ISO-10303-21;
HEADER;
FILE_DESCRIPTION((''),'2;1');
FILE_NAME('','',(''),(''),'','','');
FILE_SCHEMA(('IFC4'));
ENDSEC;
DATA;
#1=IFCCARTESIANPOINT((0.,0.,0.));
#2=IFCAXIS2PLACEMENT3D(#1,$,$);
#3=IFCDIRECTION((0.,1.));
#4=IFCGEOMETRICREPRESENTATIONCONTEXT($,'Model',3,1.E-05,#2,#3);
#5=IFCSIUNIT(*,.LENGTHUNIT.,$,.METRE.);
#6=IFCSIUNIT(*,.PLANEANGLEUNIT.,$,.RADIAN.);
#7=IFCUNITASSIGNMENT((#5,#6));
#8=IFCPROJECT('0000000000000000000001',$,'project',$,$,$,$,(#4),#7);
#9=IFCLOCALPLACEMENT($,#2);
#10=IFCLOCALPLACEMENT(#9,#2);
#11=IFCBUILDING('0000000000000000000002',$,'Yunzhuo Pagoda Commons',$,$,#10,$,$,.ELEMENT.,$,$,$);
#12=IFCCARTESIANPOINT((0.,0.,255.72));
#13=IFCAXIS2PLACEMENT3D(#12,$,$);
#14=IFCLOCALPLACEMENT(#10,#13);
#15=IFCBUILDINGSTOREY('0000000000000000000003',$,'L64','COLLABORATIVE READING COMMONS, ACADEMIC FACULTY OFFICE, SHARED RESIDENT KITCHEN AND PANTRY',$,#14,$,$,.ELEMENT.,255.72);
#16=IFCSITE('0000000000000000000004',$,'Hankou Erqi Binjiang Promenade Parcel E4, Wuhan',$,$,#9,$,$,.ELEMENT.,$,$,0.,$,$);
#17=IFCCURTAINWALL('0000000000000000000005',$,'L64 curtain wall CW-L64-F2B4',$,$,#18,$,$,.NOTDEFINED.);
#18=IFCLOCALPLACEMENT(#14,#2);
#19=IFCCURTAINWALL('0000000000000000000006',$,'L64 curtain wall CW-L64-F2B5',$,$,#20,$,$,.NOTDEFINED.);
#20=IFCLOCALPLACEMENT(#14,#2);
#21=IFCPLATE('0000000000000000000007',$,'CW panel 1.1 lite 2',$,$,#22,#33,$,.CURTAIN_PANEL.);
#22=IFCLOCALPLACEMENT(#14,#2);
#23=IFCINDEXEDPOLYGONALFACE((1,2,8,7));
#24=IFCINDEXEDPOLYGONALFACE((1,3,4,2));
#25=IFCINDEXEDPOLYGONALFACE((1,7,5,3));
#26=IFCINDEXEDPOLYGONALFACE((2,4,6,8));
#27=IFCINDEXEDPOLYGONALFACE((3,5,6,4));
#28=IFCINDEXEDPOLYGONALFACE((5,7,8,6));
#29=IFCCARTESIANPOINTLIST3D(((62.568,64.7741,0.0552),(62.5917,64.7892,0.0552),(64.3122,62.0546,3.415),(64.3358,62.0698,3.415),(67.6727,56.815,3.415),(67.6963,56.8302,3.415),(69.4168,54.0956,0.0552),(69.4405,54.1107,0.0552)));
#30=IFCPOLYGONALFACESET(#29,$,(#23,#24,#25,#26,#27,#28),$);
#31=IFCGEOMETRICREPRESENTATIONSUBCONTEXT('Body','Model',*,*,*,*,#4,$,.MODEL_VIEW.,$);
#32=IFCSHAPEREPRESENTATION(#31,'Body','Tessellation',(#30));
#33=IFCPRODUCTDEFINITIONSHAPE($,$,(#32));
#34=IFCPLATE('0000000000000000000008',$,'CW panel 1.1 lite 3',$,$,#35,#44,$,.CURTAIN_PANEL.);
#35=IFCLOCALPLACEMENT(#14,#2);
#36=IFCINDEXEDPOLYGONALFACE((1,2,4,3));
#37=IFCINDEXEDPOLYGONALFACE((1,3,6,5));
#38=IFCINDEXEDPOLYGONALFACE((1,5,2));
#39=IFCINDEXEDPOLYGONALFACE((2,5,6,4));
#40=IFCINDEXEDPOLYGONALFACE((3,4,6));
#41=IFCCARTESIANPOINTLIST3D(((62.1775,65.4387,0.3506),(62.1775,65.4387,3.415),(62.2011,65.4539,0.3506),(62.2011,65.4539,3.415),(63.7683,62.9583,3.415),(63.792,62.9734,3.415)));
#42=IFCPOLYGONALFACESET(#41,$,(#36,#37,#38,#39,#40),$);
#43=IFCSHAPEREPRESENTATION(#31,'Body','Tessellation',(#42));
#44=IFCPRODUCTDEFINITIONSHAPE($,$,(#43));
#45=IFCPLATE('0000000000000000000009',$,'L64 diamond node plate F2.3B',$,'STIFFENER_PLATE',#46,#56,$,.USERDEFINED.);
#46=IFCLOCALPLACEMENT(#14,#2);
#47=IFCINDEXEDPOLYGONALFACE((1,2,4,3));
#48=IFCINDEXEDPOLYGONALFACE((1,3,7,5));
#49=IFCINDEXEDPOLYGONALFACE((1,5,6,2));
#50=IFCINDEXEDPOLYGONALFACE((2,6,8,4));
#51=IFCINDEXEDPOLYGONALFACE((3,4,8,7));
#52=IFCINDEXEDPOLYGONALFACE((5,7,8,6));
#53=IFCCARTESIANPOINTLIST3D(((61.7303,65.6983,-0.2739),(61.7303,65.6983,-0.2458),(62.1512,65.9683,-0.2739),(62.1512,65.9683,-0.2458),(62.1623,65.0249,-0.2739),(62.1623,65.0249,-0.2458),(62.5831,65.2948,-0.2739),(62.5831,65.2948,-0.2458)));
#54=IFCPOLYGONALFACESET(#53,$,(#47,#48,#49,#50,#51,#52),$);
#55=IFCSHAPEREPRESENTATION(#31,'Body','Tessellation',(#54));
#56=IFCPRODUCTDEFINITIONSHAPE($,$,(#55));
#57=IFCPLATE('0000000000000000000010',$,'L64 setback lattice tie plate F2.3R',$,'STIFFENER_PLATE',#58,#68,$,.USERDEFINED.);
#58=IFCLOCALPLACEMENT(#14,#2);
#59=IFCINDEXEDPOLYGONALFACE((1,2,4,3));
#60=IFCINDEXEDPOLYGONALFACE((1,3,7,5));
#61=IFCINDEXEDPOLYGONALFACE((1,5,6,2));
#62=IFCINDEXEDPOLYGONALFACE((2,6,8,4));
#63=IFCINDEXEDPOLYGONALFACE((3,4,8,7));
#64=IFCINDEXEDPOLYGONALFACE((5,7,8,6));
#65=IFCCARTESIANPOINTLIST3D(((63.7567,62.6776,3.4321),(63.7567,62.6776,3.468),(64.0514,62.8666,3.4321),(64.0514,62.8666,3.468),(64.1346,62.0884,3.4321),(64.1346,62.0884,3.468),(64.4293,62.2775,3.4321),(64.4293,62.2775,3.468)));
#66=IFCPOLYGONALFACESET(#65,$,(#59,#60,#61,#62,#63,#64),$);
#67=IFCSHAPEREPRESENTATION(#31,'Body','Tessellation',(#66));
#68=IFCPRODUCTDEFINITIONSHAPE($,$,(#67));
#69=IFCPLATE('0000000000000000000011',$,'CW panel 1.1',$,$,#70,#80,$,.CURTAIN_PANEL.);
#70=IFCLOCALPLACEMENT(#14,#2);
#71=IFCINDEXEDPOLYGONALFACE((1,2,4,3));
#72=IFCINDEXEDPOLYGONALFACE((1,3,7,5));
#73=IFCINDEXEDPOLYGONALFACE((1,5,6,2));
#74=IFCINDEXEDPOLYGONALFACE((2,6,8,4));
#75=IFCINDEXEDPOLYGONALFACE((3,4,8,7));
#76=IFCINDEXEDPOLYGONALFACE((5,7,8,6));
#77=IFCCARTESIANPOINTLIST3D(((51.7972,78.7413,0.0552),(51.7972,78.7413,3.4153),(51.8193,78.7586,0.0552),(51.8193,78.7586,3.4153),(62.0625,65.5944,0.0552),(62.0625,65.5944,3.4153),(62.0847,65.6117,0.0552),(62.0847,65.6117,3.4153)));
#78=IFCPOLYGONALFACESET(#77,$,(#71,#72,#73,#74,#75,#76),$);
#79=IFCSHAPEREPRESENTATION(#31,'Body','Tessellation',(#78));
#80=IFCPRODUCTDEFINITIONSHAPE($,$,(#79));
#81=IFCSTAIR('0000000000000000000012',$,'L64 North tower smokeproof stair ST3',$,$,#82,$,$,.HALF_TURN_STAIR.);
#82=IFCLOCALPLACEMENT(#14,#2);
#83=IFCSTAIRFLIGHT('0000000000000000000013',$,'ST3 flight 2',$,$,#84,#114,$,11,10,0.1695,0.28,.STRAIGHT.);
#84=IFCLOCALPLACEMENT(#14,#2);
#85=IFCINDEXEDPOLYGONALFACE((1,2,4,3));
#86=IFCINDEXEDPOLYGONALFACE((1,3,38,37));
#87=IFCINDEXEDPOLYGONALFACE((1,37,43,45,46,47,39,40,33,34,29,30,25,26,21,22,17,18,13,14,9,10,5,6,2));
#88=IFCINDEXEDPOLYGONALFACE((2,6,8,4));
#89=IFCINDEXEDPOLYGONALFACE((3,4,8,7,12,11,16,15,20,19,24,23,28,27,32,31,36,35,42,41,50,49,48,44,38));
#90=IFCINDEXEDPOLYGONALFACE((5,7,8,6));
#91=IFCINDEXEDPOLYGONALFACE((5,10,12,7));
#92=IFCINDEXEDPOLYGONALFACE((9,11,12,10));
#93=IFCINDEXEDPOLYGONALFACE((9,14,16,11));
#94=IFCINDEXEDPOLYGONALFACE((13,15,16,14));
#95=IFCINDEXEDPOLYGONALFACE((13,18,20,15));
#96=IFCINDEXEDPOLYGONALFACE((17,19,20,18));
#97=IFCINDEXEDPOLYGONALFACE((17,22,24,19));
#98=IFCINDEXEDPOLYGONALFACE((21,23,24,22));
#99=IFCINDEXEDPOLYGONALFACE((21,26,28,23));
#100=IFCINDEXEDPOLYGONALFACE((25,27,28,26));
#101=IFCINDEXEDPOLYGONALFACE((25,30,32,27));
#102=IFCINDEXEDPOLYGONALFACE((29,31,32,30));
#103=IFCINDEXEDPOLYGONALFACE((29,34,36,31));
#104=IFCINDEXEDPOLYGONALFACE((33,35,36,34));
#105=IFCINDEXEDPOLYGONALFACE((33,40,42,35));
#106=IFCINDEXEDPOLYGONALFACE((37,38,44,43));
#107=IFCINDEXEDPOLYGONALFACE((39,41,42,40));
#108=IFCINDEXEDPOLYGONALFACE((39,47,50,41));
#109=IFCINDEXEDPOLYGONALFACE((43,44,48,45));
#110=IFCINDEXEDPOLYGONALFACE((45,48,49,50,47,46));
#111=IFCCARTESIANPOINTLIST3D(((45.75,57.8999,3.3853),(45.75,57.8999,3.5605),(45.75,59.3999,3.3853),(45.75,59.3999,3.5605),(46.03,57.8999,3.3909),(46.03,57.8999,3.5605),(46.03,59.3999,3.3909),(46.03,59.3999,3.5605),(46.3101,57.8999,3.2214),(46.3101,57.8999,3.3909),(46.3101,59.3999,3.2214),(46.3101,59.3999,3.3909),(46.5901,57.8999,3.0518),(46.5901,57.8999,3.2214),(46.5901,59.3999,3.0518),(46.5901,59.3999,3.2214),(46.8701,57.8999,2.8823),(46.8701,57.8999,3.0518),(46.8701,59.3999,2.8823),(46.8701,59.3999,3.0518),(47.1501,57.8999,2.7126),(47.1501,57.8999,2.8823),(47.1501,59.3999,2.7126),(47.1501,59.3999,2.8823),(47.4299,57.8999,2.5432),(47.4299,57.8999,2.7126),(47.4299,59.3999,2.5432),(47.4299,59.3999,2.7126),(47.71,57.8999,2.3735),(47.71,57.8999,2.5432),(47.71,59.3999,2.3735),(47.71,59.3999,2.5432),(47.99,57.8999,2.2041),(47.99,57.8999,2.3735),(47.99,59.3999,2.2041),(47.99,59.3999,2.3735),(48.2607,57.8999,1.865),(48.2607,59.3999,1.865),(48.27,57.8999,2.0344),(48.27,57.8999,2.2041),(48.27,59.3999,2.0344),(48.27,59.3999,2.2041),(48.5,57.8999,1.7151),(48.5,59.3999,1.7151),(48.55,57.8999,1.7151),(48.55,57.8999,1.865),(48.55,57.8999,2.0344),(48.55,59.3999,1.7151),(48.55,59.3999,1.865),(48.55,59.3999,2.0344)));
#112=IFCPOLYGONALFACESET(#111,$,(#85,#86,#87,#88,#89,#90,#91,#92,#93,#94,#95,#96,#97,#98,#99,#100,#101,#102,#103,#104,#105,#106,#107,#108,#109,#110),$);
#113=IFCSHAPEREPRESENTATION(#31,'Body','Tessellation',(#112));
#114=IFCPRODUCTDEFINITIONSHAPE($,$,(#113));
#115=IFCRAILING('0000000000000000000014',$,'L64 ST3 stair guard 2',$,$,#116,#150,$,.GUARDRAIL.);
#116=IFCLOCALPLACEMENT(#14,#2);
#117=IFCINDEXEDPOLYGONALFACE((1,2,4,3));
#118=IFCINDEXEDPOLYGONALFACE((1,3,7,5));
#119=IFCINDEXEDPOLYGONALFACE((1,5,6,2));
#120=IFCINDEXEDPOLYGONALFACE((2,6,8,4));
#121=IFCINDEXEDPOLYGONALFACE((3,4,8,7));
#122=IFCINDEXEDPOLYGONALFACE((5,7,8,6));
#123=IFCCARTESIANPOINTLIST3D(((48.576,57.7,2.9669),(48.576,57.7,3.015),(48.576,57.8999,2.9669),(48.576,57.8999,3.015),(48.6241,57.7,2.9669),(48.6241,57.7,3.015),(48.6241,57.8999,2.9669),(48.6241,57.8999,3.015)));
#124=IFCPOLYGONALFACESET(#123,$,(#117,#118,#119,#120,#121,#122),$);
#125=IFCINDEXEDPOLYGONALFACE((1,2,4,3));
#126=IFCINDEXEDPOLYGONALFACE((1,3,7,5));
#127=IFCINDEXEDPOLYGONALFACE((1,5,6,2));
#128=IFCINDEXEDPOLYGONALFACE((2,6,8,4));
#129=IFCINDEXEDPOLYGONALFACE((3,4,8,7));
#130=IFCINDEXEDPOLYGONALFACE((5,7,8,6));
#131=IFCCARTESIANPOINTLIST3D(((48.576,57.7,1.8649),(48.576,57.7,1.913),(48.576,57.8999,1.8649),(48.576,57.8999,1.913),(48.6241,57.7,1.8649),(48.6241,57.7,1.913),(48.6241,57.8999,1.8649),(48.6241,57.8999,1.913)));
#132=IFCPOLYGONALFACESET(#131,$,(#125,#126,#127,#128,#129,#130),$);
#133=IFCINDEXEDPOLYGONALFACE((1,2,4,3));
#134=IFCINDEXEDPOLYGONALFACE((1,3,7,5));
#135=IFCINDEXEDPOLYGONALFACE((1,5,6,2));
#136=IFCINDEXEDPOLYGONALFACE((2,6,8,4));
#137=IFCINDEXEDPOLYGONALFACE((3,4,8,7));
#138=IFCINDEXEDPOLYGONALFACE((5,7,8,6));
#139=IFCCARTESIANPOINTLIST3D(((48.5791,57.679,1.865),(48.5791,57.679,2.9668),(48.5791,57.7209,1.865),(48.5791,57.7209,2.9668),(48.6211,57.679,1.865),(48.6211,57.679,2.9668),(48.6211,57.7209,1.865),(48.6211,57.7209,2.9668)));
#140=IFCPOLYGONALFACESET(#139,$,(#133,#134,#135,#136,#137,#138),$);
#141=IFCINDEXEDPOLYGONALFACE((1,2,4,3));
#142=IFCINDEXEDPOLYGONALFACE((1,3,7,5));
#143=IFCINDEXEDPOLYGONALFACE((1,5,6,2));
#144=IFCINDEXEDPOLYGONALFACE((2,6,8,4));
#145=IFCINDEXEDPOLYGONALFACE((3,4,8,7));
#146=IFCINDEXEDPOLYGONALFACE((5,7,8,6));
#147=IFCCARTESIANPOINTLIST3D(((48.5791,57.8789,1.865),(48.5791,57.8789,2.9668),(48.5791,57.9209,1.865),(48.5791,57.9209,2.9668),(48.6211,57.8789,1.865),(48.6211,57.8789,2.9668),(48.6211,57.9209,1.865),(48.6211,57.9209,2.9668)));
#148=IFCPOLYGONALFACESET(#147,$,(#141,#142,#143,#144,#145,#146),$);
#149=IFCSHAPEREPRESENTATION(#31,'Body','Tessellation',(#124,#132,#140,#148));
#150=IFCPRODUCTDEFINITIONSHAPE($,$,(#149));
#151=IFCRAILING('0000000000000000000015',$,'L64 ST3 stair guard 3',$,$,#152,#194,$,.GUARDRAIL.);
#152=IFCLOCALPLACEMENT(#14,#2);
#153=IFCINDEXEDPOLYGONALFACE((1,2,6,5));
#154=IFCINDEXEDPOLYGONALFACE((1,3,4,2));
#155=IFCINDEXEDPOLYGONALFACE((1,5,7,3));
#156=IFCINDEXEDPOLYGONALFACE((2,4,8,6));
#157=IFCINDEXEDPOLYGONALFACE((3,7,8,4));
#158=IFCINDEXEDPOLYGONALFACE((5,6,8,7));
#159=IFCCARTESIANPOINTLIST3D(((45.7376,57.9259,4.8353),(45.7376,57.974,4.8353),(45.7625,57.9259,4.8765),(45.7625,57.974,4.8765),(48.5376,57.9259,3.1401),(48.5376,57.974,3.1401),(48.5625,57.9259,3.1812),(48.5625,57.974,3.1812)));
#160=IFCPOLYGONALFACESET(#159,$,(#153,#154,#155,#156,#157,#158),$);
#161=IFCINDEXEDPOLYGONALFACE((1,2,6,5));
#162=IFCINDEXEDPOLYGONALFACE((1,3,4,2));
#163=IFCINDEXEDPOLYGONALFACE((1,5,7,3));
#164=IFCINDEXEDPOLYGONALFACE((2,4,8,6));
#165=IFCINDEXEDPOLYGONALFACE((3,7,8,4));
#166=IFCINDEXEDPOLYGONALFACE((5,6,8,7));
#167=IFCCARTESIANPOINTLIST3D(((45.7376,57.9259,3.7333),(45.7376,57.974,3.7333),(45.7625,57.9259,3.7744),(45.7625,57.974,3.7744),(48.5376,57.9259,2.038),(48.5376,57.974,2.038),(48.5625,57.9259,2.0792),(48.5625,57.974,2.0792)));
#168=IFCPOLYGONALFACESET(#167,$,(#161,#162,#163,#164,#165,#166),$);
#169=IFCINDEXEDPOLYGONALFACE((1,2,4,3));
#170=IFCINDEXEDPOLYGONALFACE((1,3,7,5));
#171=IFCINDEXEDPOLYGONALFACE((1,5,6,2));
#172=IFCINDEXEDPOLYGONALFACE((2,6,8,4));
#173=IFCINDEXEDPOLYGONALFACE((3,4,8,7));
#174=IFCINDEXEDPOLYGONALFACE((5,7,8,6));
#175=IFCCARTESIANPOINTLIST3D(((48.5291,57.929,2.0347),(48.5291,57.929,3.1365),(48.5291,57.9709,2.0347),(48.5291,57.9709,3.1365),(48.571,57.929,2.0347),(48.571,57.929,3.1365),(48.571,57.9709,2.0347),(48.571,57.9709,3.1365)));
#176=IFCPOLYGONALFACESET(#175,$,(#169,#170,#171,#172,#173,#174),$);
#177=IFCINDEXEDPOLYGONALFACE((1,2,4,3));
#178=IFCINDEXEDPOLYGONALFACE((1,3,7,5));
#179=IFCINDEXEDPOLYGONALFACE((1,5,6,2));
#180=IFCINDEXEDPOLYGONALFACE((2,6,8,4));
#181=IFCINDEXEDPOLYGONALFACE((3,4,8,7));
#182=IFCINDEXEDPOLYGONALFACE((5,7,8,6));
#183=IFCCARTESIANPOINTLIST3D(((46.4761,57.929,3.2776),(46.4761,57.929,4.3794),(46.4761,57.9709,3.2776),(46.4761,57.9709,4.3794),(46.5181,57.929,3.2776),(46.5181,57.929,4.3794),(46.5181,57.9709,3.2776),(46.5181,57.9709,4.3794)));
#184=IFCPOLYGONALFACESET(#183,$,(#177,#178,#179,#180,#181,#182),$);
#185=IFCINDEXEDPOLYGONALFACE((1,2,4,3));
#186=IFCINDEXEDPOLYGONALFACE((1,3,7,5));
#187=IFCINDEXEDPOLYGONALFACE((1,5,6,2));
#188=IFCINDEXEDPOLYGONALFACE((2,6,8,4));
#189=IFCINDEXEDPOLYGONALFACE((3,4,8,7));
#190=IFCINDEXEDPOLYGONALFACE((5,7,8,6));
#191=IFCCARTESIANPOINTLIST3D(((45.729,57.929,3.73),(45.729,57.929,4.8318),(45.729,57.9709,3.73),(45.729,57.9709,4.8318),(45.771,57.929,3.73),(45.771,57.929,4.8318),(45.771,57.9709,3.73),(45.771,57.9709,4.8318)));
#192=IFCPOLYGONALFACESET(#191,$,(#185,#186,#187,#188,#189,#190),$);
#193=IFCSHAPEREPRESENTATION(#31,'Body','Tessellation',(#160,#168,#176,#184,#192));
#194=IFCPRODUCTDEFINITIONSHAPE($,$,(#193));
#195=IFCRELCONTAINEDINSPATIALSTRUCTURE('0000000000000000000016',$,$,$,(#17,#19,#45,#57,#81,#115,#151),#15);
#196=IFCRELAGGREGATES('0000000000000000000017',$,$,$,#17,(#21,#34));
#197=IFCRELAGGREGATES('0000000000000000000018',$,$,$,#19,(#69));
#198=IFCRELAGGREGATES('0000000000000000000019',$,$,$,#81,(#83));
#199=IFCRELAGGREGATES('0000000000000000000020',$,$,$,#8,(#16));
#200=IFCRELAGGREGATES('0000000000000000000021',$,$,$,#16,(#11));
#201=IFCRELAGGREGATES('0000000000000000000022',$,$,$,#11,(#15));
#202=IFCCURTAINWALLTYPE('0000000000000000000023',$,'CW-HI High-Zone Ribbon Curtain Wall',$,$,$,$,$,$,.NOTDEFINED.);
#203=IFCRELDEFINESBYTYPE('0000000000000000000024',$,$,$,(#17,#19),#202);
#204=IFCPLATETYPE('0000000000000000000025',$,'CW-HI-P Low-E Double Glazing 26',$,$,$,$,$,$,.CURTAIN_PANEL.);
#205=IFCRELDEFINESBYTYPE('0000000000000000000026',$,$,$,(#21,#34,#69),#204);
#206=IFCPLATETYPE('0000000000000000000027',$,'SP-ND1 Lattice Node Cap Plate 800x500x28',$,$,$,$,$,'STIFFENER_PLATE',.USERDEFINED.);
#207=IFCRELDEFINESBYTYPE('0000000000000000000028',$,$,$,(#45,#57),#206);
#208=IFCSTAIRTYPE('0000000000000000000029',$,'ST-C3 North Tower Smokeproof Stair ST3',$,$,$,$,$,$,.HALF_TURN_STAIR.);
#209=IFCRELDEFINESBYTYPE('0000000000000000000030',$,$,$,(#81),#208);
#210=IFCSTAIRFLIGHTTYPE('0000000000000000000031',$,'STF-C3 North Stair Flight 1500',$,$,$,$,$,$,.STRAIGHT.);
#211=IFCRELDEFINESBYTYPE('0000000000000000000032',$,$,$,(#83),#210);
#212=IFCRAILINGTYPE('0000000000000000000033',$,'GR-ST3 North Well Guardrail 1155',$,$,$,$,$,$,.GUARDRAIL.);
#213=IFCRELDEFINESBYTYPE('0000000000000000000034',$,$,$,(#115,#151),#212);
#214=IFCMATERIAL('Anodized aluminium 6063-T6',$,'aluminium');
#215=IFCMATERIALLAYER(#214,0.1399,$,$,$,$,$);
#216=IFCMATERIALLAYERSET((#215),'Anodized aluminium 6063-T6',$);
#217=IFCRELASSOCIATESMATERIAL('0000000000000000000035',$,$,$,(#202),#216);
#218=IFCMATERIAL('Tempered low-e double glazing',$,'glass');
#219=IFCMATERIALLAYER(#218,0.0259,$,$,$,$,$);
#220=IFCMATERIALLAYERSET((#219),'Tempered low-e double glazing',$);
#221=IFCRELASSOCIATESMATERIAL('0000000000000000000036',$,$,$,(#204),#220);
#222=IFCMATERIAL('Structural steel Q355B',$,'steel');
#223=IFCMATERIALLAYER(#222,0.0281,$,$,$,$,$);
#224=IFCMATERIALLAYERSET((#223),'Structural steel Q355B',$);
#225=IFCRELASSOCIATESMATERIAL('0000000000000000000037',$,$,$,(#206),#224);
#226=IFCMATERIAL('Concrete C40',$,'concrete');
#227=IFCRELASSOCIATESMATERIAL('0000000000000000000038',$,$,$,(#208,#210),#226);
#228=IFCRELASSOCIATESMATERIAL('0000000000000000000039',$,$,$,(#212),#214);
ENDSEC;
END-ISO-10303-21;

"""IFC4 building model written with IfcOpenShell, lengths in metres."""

from ifc_helpers import new_model, si_unit, direction, frame, origin, origin_2d, place, context, subcontext, project, spatial, polyline, rectangle, outline, extrude, source, transform, mapped, material, layer, layer_set, type_object, element, aggregate, save


model = new_model("IFC4")

# Units and contexts
model_context = context("Model", 3, precision=1e-05, world=origin(), true_north=direction((0.0, 1.0)))
body_context = subcontext(model_context, "Body", "Model", "MODEL_VIEW")
ifc_project = project(units=[si_unit("LENGTHUNIT", "METRE"), si_unit("PLANEANGLEUNIT", "RADIAN")], contexts=[model_context])

# Site, building, storey
site_placement = place(None, origin())
site = spatial("IfcSite", under=ifc_project, at=site_placement, Name="Hankou Erqi Binjiang Promenade Parcel E4, Wuhan", CompositionType="ELEMENT", RefElevation=0.0)
building_placement = place(site_placement, origin())
building = spatial("IfcBuilding", under=site, at=building_placement, Name="Yunzhuo Pagoda Commons", CompositionType="ELEMENT")
storey_placement = place(building_placement, frame((0.0, 0.0, 255.72)))
storey = spatial("IfcBuildingStorey", under=building, at=storey_placement, Name="L64", Description="COLLABORATIVE READING COMMONS, ACADEMIC FACULTY OFFICE, SHARED RESIDENT KITCHEN AND PANTRY", CompositionType="ELEMENT", Elevation=255.72)

# Shared definitions
ifc_material_1 = material(Name="Structural steel Q355B", Category="steel")

# Curtain wall
ifc_material_2 = material(Name="Anodized aluminium 6063-T6", Category="aluminium")
ifc_layer_1 = layer(ifc_material_2, 0.1399)
ifc_layer_set_1 = layer_set([ifc_layer_1], Name="Anodized aluminium 6063-T6")
curtain_wall_type = type_object("IfcCurtainWallType", Name="CW-HI High-Zone Ribbon Curtain Wall", PredefinedType="NOTDEFINED", material=ifc_layer_set_1)
curtain_wall_1_placement = place(storey_placement, origin())
curtain_wall_1 = element("IfcCurtainWall", 1, at=curtain_wall_1_placement, inside=storey, type_object=curtain_wall_type, Name="L64 curtain wall CW-L64-F2B4", PredefinedType="NOTDEFINED")

# Curtain wall
curtain_wall_2_placement = place(storey_placement, origin())
curtain_wall_2 = element("IfcCurtainWall", 2, at=curtain_wall_2_placement, inside=storey, type_object=curtain_wall_type, Name="L64 curtain wall CW-L64-F2B5", PredefinedType="NOTDEFINED")

# Plates
ifc_material_3 = material(Name="Tempered low-e double glazing", Category="glass")
ifc_layer_2 = layer(ifc_material_3, 0.0259)
ifc_layer_set_2 = layer_set([ifc_layer_2], Name="Tempered low-e double glazing")
plate_type_1 = type_object("IfcPlateType", Name="CW-HI-P Low-E Double Glazing 26", PredefinedType="CURTAIN_PANEL", material=ifc_layer_set_2)
plate_1_placement = place(storey_placement, frame((65.9924, 59.4348, 1.7351), z_axis=(0.84175, 0.539867, 0.0), x_axis=(-0.539867, 0.84175, 0.0)))
plate_1 = element("IfcPlate", 3, at=plate_1_placement, type_object=plate_type_1, Name="CW panel 1.1 lite 2", PredefinedType="CURTAIN_PANEL", context=body_context, shape_type="SweptSolid", body=[
    extrude(outline(polyline([(-6.343, -1.6799), (6.343, -1.6799), (3.1123, 1.6799), (-3.1123, 1.6799), (-6.343, -1.6799)])), origin(), (0.0, 0.0, 1.0), 0.0281),
])
plate_2_placement = place(storey_placement, frame((62.9729, 64.1985, 1.8828), z_axis=(0.84175, 0.539867, 0.0), x_axis=(-0.539867, 0.84175, 0.0)))
plate_2 = element("IfcPlate", 4, at=plate_2_placement, type_object=plate_type_1, Name="CW panel 1.1 lite 3", PredefinedType="CURTAIN_PANEL", context=body_context, shape_type="SweptSolid", body=[
    extrude(outline(polyline([(-1.4734, 1.5322), (1.4734, -1.5322), (1.4734, 1.5322), (-1.4734, 1.5322)])), origin(), (0.0, 0.0, 1.0), 0.0281),
])
aggregate(curtain_wall_1, [plate_1, plate_2])

# Plates
ifc_layer_3 = layer(ifc_material_1, 0.0281)
ifc_layer_set_3 = layer_set([ifc_layer_3], Name="Structural steel Q355B")
plate_type_2 = type_object("IfcPlateType", Name="SP-ND1 Lattice Node Cap Plate 800x500x28", ElementType="STIFFENER_PLATE", PredefinedType="USERDEFINED", material=ifc_layer_set_3)
shared_shape_1 = source(origin(), body_context, "Body", "SweptSolid", [
    extrude(rectangle(XDim=0.8, YDim=0.5, at=origin_2d()), origin(), (0.0, 0.0, 1.0), 0.0281),
])
plate_3_placement = place(storey_placement, frame((62.1567, 65.4966, -0.2739), z_axis=(0.0, 0.0, 1.0), x_axis=(-0.539873, 0.841746, 0.0)))
element("IfcPlate", 5, at=plate_3_placement, inside=storey, type_object=plate_type_2, Name="L64 diamond node plate F2.3B", ObjectType="STIFFENER_PLATE", PredefinedType="USERDEFINED", context=body_context, shape_type="MappedRepresentation", body=[
    mapped(shared_shape_1, transform((0.0, 0.0, 0.0), scale=1.0)),
])
shared_shape_2 = source(origin(), body_context, "Body", "SweptSolid", [
    extrude(rectangle(XDim=0.7, YDim=0.3501, at=origin_2d()), origin(), (0.0, 0.0, 1.0), 0.0359),
])
plate_4_placement = place(storey_placement, frame((64.093, 62.4775, 3.4321), z_axis=(0.0, 0.0, 1.0), x_axis=(-0.539873, 0.841746, 0.0)))
element("IfcPlate", 6, at=plate_4_placement, inside=storey, type_object=plate_type_2, Name="L64 setback lattice tie plate F2.3R", ObjectType="STIFFENER_PLATE", PredefinedType="USERDEFINED", context=body_context, shape_type="MappedRepresentation", body=[
    mapped(shared_shape_2, transform((0.0, 0.0, 0.0), scale=1.0)),
])

# Plate
shared_shape_3 = source(origin(), body_context, "Body", "SweptSolid", [
    extrude(rectangle(XDim=16.6799, YDim=0.0281, at=origin_2d()), origin(), (0.0, 0.0, 1.0), 3.3601),
])
plate_5_placement = place(storey_placement, frame((56.9409, 72.1765, 0.0552), z_axis=(0.0, 0.0, 1.0), x_axis=(-0.615433, 0.78819, 0.0)))
plate_5 = element("IfcPlate", 7, at=plate_5_placement, type_object=plate_type_1, Name="CW panel 1.1", PredefinedType="CURTAIN_PANEL", context=body_context, shape_type="MappedRepresentation", body=[
    mapped(shared_shape_3, transform((0.0, 0.0, 0.0), scale=1.0)),
])
aggregate(curtain_wall_2, [plate_5])

# Stair, stair flight
ifc_material_4 = material(Name="Concrete C40", Category="concrete")
stair_type = type_object("IfcStairType", Name="ST-C3 North Tower Smokeproof Stair ST3", PredefinedType="HALF_TURN_STAIR", material=ifc_material_4)
stair_placement = place(storey_placement, origin())
stair = element("IfcStair", 8, at=stair_placement, inside=storey, type_object=stair_type, Name="L64 North tower smokeproof stair ST3", PredefinedType="HALF_TURN_STAIR")
stair_flight_type = type_object("IfcStairFlightType", Name="STF-C3 North Stair Flight 1500", PredefinedType="STRAIGHT", material=ifc_material_4)
shared_shape_4 = source(origin(), body_context, "Body", "SweptSolid", [
    extrude(outline(polyline([(0.0, -0.1499), (0.0, 0.0), (0.0, 0.1694), (0.28, 0.1694), (0.28, 0.3391), (0.5601, 0.3391), (0.5601, 0.5085), (0.8401, 0.5085), (0.8401, 0.6782), (1.1201, 0.6782), (1.1201, 0.8477), (1.3999, 0.8477), (1.3999, 1.0173), (1.6799, 1.0173), (1.6799, 1.1868), (1.96, 1.1868), (1.96, 1.3564), (2.24, 1.3564), (2.24, 1.5259), (2.52, 1.5259), (2.52, 1.6956), (2.8, 1.6956), (2.8, 1.865), (2.8, 1.5203), (0.2893, 0.0), (0.05, -0.1499), (0.0, -0.1499)])), frame((0.0, 0.75, 0.0), z_axis=(0.0, -1.0, 0.0), x_axis=(1.0, 0.0, 0.0)), (0.0, 0.0, 1.0), 1.5),
])
stair_flight_placement = place(storey_placement, frame((48.55, 58.6499, 1.865), z_axis=(0.0, 0.0, 1.0), x_axis=(-1.0, 0.0, 0.0)))
stair_flight = element("IfcStairFlight", 9, at=stair_flight_placement, type_object=stair_flight_type, Name="ST3 flight 2", NumberOfRisers=11, NumberOfTreads=10, PredefinedType="STRAIGHT", RiserHeight=0.1695, TreadLength=0.28, context=body_context, shape_type="MappedRepresentation", body=[
    mapped(shared_shape_4, transform((0.0, 0.0, 0.0), scale=1.0)),
])
aggregate(stair, [stair_flight])

# Railings
railing_type_1 = type_object("IfcRailingType", Name="GR-ST3 North Well Guardrail 1155", PredefinedType="GUARDRAIL", material=ifc_material_2)
railing_1_placement = place(storey_placement, frame((48.6001, 57.7, 1.865)))
element("IfcRailing", 10, at=railing_1_placement, inside=storey, type_object=railing_type_1, Name="L64 ST3 stair guard 2", PredefinedType="GUARDRAIL", context=body_context, shape_type="SweptSolid", body=[
    extrude(rectangle(XDim=0.0481, YDim=0.0481, at=origin_2d()), frame((0.0, 0.0, 1.126), z_axis=(0.0, 1.0, 0.0), x_axis=(-1.0, 0.0, 0.0)), (0.0, 0.0, 1.0), 0.2),
    extrude(rectangle(XDim=0.0481, YDim=0.0481, at=origin_2d()), frame((0.0, 0.0, 0.0239), z_axis=(0.0, 1.0, 0.0), x_axis=(-1.0, 0.0, 0.0)), (0.0, 0.0, 1.0), 0.2),
    extrude(rectangle(XDim=0.042, YDim=0.042, at=origin_2d()), origin(), (0.0, 0.0, 1.0), 1.1018),
    extrude(rectangle(XDim=0.042, YDim=0.042, at=origin_2d()), frame((0.0, 0.2, 0.0)), (0.0, 0.0, 1.0), 1.1018),
])
railing_2_placement = place(storey_placement, frame((48.55, 57.95, 2.0347)))
element("IfcRailing", 11, at=railing_2_placement, inside=storey, type_object=railing_type_1, Name="L64 ST3 stair guard 3", PredefinedType="GUARDRAIL", context=body_context, shape_type="SweptSolid", body=[
    extrude(rectangle(XDim=0.0481, YDim=0.0481, at=origin_2d()), frame((0.0, 0.0, 1.126), z_axis=(-0.855426, 0.0, 0.517925), x_axis=(0.0, -1.0, 0.0)), (0.0, 0.0, 1.0), 3.2732),
    extrude(rectangle(XDim=0.0481, YDim=0.0481, at=origin_2d()), frame((0.0, 0.0, 0.0239), z_axis=(-0.855426, 0.0, 0.517925), x_axis=(0.0, -1.0, 0.0)), (0.0, 0.0, 1.0), 3.2732),
    extrude(rectangle(XDim=0.042, YDim=0.042, at=origin_2d()), origin(), (0.0, 0.0, 1.0), 1.1018),
    extrude(rectangle(XDim=0.042, YDim=0.042, at=origin_2d()), frame((-2.053, 0.0, 1.2429)), (0.0, 0.0, 1.0), 1.1018),
    extrude(rectangle(XDim=0.042, YDim=0.042, at=origin_2d()), frame((-2.8, 0.0, 1.6953)), (0.0, 0.0, 1.0), 1.1018),
])

save(model, "model.ifc")
